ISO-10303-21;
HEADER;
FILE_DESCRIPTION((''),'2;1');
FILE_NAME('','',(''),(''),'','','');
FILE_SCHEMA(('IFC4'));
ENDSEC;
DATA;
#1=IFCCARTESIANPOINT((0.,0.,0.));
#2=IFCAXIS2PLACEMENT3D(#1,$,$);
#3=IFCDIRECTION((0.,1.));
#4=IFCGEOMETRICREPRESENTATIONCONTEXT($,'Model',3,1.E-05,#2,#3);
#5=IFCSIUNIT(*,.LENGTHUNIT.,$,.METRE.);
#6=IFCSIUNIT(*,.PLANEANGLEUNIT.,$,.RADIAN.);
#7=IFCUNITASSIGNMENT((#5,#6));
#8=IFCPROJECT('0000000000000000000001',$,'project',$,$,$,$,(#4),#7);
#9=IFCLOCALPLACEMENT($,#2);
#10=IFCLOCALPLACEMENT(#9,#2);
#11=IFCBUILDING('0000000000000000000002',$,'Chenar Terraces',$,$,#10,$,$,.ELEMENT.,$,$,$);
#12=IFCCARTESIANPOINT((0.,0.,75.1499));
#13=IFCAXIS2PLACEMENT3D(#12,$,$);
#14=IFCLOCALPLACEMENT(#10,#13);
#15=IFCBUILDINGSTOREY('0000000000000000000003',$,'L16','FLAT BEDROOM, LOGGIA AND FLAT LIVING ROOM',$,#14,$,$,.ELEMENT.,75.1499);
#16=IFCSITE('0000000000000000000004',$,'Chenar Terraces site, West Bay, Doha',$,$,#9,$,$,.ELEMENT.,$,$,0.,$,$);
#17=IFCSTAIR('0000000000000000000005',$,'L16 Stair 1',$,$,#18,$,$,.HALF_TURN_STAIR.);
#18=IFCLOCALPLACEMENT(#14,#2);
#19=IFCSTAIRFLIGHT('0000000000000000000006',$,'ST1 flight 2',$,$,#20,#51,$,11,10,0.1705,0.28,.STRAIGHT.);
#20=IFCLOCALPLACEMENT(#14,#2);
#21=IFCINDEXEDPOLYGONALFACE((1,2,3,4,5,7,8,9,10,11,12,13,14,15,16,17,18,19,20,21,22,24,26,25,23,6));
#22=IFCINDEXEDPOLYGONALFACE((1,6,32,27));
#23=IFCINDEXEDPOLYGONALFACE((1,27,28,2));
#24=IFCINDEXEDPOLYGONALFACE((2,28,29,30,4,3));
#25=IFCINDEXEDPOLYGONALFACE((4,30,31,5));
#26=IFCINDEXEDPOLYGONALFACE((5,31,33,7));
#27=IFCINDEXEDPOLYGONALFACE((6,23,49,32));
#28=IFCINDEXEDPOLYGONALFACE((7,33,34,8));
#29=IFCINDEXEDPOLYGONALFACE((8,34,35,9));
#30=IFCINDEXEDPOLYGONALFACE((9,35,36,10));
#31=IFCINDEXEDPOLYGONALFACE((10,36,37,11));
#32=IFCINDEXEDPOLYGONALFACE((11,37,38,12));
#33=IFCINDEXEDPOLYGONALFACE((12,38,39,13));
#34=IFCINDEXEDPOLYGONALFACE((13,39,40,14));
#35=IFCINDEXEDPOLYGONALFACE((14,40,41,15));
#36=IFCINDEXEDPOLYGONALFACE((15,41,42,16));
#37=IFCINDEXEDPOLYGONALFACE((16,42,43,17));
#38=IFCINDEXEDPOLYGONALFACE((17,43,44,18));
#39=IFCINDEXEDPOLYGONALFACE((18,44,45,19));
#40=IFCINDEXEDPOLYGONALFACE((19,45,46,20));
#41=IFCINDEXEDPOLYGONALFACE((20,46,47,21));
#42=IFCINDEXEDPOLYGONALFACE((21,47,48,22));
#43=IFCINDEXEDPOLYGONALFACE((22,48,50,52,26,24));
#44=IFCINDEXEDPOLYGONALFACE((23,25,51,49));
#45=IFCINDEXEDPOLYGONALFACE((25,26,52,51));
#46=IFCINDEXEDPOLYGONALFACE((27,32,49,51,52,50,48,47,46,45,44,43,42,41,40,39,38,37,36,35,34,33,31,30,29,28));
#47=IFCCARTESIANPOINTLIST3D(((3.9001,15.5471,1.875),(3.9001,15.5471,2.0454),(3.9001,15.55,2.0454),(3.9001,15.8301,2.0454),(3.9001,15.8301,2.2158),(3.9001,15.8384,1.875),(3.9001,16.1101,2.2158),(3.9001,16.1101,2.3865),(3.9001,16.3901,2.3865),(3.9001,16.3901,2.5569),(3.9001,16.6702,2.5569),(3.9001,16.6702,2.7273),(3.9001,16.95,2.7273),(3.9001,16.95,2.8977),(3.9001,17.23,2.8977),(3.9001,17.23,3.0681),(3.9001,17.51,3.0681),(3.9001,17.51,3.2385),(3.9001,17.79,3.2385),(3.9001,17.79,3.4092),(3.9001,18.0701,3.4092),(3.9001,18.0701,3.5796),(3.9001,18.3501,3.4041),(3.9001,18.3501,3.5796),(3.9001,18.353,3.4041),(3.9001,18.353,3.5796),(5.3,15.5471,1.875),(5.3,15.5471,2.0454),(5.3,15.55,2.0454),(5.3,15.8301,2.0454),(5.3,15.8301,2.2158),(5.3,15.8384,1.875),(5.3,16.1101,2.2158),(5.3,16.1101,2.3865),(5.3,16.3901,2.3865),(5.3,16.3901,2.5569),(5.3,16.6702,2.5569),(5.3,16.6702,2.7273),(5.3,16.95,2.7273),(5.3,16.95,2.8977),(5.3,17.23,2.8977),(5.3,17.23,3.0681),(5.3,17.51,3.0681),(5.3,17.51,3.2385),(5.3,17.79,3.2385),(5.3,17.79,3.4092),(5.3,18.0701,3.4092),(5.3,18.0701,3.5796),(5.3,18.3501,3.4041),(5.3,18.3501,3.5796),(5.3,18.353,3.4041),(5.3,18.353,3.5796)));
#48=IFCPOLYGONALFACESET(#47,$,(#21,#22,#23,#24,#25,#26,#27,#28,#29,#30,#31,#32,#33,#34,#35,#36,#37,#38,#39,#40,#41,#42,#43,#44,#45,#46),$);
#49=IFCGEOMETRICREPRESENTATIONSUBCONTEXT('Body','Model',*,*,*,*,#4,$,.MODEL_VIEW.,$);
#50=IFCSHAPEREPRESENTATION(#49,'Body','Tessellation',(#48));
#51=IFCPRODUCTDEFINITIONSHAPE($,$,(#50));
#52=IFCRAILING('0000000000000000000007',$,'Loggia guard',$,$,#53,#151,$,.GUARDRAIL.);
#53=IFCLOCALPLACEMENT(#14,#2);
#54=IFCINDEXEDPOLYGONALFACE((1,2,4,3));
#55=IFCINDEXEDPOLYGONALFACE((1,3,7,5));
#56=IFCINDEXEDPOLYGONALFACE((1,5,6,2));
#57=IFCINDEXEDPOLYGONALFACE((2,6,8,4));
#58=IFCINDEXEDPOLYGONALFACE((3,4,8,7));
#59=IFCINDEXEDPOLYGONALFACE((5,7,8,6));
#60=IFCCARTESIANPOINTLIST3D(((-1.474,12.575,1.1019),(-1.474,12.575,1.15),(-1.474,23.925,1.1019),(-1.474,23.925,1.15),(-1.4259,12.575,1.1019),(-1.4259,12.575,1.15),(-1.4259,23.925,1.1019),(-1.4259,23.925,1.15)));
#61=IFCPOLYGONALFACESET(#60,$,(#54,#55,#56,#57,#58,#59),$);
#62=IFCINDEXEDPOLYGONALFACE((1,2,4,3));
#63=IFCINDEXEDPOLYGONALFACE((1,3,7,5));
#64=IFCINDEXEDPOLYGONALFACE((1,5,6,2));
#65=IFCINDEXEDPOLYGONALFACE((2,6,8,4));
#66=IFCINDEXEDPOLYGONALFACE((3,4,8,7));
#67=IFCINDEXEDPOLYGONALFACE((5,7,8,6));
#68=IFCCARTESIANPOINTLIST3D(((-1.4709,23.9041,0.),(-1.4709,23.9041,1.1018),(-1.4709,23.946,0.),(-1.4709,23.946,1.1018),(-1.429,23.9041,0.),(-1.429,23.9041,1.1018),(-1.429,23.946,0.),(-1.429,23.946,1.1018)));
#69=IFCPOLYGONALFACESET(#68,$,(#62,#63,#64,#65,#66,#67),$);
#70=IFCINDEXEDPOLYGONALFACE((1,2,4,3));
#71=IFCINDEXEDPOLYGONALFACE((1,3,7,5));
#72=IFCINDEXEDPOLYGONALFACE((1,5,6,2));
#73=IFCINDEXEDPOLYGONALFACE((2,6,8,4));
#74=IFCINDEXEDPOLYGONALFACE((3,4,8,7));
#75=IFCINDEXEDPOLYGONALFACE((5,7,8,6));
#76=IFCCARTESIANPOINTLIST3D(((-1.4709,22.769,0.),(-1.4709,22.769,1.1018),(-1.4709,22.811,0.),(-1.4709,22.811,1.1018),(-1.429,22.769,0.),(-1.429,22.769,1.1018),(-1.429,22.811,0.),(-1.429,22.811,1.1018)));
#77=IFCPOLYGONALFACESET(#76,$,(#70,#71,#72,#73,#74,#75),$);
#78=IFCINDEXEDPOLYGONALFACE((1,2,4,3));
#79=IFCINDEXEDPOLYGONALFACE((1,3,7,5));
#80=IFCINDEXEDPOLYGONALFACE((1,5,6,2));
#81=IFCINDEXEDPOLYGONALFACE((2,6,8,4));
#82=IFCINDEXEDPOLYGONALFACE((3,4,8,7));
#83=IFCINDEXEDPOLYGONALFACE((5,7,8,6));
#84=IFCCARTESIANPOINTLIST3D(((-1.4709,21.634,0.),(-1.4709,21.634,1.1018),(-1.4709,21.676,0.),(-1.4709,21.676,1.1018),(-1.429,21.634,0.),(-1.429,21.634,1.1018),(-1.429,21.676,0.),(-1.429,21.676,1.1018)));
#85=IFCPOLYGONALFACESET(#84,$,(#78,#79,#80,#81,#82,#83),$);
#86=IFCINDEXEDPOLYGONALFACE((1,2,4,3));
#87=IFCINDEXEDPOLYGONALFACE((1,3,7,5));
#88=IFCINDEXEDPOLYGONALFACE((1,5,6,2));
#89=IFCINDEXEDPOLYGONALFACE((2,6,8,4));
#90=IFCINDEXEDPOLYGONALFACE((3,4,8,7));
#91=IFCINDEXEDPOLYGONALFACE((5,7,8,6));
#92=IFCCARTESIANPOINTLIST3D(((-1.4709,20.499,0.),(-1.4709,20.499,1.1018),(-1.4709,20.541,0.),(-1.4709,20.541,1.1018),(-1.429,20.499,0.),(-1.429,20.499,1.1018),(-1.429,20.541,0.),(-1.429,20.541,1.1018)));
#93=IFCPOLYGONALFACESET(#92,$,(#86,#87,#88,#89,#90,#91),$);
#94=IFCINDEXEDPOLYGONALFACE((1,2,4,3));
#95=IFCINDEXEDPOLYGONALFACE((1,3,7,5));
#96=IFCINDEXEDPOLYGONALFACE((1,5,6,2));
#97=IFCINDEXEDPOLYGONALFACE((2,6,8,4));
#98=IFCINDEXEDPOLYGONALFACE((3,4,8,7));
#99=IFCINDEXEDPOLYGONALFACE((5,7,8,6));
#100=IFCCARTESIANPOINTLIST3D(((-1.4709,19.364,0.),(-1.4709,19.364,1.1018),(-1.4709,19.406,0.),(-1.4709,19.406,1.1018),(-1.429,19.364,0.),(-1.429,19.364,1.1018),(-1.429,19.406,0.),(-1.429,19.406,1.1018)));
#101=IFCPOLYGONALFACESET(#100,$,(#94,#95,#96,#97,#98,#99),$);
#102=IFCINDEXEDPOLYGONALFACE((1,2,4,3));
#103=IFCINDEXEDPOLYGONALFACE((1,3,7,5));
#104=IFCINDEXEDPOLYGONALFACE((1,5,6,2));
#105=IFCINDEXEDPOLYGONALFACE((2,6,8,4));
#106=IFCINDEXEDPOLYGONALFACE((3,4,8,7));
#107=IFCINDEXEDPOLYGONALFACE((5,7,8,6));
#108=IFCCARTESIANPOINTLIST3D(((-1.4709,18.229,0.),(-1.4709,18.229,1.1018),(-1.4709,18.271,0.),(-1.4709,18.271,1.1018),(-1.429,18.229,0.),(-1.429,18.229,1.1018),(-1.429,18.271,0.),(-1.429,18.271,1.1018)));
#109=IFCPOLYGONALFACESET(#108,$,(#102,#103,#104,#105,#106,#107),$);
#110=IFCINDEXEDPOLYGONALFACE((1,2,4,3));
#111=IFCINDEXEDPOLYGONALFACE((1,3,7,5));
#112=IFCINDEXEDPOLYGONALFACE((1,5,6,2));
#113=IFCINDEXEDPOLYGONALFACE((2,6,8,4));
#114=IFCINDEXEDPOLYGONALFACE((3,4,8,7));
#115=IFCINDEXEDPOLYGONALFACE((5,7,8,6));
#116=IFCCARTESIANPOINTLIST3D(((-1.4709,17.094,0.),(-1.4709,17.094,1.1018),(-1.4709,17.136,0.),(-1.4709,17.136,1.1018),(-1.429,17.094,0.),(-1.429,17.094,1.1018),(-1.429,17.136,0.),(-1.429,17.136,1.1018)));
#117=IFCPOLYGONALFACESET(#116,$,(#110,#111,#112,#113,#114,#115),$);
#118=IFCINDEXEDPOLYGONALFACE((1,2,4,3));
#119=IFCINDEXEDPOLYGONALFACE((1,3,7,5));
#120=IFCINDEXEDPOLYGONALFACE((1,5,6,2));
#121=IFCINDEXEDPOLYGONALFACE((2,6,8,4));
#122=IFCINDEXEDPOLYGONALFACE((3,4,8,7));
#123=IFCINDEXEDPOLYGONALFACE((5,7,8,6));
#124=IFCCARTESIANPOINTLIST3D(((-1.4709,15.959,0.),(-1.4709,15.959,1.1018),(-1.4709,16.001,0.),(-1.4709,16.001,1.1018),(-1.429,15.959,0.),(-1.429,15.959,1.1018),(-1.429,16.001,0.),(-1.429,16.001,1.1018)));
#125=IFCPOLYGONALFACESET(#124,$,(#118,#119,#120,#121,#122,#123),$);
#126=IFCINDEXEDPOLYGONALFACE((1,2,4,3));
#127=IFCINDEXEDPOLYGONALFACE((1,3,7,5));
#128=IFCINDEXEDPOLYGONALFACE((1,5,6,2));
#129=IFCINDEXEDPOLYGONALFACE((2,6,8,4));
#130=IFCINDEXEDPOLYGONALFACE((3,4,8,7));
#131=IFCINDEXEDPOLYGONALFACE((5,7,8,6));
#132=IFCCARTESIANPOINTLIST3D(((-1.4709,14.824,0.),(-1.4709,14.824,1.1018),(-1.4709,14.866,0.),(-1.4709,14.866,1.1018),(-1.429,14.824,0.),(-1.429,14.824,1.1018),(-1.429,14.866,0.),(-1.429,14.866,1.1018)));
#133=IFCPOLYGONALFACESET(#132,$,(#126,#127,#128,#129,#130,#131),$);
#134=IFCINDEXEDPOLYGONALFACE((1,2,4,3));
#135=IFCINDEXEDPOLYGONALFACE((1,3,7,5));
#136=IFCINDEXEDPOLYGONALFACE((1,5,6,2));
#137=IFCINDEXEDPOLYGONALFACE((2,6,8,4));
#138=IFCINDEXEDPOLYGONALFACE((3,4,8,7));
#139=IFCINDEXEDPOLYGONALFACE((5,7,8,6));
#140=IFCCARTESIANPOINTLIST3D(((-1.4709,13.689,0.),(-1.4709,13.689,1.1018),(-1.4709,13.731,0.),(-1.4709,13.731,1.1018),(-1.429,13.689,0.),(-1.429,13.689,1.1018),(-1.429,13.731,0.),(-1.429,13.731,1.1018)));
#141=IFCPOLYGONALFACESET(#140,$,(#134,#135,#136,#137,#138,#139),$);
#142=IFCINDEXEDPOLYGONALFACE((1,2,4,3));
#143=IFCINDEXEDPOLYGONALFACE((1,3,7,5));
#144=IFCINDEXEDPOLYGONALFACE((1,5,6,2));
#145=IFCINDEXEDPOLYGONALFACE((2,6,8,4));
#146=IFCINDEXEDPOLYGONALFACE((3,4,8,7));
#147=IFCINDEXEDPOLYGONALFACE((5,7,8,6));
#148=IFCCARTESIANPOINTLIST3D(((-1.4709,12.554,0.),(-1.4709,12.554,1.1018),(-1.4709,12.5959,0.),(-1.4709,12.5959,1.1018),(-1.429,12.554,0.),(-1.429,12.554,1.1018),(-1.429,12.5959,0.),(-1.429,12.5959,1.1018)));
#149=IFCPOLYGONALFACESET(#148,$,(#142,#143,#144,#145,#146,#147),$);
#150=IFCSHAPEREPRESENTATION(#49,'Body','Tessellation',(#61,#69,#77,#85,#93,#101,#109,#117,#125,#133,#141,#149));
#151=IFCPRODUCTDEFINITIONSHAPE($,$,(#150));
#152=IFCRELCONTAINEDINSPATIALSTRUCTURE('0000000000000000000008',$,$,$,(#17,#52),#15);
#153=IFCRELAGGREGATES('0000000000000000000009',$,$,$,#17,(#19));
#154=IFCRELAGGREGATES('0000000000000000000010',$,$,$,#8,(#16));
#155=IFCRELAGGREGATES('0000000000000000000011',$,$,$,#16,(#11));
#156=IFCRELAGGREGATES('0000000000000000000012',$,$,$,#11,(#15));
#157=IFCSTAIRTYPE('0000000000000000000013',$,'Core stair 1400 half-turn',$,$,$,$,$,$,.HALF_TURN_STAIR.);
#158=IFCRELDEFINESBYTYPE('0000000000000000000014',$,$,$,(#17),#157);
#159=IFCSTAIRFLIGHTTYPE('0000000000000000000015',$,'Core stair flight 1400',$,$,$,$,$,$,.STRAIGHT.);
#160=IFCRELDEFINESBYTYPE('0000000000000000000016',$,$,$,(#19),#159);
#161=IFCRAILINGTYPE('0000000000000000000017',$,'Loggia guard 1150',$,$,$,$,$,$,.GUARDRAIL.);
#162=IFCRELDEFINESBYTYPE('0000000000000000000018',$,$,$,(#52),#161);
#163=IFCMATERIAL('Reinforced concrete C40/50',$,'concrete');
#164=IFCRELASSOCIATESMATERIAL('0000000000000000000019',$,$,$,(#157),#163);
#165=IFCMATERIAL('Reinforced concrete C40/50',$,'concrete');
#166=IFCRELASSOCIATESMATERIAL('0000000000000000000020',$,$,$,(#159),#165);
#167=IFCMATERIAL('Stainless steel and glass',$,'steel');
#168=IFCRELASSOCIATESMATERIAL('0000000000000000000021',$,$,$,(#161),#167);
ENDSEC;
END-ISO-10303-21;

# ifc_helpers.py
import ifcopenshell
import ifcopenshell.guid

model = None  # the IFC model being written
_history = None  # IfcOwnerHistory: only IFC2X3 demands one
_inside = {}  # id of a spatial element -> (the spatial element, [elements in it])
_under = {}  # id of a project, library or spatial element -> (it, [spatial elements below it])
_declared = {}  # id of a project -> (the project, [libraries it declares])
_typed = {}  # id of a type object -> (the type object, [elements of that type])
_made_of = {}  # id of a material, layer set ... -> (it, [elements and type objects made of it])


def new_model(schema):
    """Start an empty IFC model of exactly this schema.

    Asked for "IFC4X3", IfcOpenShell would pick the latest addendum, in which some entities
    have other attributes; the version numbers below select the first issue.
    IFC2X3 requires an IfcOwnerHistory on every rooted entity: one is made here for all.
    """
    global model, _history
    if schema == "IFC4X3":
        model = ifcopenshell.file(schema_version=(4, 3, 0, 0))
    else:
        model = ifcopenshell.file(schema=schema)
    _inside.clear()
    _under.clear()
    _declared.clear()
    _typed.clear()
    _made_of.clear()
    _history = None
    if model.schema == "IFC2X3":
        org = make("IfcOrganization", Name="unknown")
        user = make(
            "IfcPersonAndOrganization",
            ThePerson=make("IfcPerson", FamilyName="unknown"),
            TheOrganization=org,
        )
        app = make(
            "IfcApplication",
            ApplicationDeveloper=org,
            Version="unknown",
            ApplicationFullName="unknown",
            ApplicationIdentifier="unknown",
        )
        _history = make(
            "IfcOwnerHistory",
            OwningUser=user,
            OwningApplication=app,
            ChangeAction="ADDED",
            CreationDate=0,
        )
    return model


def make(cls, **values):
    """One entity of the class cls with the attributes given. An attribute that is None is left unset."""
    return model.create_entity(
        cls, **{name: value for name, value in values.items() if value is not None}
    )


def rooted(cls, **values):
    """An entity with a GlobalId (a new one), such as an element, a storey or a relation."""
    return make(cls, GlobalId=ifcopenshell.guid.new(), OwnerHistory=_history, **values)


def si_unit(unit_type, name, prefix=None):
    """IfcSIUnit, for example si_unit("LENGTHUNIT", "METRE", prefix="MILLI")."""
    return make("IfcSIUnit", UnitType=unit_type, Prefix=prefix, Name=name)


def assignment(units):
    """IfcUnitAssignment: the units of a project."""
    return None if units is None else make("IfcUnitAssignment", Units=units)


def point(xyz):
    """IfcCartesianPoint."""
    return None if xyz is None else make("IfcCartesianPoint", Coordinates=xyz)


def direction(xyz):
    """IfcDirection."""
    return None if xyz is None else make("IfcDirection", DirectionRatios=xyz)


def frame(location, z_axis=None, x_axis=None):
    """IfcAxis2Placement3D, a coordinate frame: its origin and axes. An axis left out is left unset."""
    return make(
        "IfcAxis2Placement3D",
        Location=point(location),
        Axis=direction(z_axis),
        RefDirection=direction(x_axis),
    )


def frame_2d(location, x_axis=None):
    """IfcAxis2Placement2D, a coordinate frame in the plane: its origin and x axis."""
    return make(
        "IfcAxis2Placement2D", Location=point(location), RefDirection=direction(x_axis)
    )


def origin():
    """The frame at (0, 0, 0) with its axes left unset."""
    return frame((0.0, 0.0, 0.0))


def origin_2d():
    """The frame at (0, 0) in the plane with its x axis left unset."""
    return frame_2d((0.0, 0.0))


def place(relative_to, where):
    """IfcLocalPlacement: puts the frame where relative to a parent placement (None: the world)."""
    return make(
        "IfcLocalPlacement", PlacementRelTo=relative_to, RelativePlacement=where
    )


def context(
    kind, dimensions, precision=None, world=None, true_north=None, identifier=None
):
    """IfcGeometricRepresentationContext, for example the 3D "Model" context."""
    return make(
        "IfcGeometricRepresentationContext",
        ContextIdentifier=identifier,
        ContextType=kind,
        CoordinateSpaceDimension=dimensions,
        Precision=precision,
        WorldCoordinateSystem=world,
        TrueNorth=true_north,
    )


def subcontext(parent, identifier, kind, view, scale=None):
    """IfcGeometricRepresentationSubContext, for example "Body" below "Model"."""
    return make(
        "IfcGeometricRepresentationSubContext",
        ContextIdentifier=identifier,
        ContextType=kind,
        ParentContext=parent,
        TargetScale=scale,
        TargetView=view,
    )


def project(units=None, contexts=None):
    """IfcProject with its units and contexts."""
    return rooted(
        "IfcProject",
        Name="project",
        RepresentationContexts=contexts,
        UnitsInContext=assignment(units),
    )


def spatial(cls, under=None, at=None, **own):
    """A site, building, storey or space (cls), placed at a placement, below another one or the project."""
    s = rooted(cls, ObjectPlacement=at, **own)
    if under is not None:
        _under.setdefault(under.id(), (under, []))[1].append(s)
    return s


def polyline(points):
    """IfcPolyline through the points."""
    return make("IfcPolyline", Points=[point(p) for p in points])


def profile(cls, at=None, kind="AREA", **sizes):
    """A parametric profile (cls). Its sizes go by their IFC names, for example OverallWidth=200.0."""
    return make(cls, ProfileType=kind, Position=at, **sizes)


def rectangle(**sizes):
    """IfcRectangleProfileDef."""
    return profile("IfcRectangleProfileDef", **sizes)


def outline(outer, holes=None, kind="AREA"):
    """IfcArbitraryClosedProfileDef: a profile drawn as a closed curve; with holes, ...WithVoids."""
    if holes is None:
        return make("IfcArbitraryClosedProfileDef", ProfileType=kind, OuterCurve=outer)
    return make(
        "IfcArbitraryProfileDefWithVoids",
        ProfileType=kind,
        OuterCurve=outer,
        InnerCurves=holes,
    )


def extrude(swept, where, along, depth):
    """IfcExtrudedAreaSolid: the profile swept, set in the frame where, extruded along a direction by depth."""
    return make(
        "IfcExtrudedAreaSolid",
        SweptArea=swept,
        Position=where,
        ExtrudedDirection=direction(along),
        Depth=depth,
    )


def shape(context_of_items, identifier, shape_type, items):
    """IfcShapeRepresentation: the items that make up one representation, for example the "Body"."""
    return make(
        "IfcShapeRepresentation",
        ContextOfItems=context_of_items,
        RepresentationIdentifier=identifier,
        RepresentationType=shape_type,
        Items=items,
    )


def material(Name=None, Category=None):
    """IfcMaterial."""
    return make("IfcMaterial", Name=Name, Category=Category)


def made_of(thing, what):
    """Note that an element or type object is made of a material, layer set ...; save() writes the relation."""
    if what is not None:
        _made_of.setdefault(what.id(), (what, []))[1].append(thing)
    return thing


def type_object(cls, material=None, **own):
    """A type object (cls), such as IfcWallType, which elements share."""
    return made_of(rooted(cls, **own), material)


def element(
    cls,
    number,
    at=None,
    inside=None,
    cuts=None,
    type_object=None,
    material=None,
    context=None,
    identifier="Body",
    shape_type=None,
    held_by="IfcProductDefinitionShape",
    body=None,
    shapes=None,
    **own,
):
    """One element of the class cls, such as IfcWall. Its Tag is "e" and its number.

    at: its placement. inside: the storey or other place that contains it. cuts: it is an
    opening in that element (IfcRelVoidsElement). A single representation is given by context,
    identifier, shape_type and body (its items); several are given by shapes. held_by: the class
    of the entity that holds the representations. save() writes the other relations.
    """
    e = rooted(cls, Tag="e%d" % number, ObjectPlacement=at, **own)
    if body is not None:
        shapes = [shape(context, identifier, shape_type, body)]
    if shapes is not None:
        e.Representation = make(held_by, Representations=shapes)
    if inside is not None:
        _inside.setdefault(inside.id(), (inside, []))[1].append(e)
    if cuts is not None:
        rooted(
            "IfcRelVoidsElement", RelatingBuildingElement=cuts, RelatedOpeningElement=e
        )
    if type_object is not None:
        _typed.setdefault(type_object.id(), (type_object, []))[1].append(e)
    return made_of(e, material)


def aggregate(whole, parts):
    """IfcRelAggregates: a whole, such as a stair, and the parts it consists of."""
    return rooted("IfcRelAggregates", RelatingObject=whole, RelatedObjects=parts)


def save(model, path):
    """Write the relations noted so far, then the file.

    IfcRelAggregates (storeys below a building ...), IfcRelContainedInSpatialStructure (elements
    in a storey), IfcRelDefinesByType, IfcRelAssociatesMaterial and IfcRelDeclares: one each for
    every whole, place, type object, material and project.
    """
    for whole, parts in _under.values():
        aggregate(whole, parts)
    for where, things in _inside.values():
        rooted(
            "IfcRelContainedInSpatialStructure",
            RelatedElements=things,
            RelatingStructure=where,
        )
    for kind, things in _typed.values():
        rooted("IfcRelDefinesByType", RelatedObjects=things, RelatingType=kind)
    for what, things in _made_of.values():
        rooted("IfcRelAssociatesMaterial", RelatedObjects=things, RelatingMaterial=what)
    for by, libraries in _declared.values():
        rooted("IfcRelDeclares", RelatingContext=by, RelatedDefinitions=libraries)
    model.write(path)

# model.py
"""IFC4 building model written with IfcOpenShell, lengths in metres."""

from ifc_helpers import new_model, si_unit, direction, frame, origin, origin_2d, place, context, subcontext, project, spatial, polyline, rectangle, outline, extrude, material, type_object, element, aggregate, save


model = new_model("IFC4")

# Units and contexts
model_context = context("Model", 3, precision=1e-05, world=origin(), true_north=direction((0.0, 1.0)))
body_context = subcontext(model_context, "Body", "Model", "MODEL_VIEW")
ifc_project = project(units=[si_unit("LENGTHUNIT", "METRE"), si_unit("PLANEANGLEUNIT", "RADIAN")], contexts=[model_context])

# Site, building, storey
site_placement = place(None, origin())
site = spatial("IfcSite", under=ifc_project, at=site_placement, Name="Chenar Terraces site, West Bay, Doha", CompositionType="ELEMENT", RefElevation=0.0)
building_placement = place(site_placement, origin())
building = spatial("IfcBuilding", under=site, at=building_placement, Name="Chenar Terraces", CompositionType="ELEMENT")
storey_placement = place(building_placement, frame((0.0, 0.0, 75.1499)))
storey = spatial("IfcBuildingStorey", under=building, at=storey_placement, Name="L16", Description="FLAT BEDROOM, LOGGIA AND FLAT LIVING ROOM", CompositionType="ELEMENT", Elevation=75.1499)

# Stair, stair flight
ifc_material_1 = material(Name="Reinforced concrete C40/50", Category="concrete")
stair_type = type_object("IfcStairType", Name="Core stair 1400 half-turn", PredefinedType="HALF_TURN_STAIR", material=ifc_material_1)
stair_placement = place(storey_placement, origin())
stair = element("IfcStair", 1, at=stair_placement, inside=storey, type_object=stair_type, Name="L16 Stair 1", PredefinedType="HALF_TURN_STAIR")
ifc_material_2 = material(Name="Reinforced concrete C40/50", Category="concrete")
stair_flight_type = type_object("IfcStairFlightType", Name="Core stair flight 1400", PredefinedType="STRAIGHT", material=ifc_material_2)
stair_flight_1_placement = place(storey_placement, frame((4.6001, 15.55, 1.875), z_axis=(0.0, 0.0, 1.0), x_axis=(0.0, 1.0, 0.0)))
stair_flight_1 = element("IfcStairFlight", 2, at=stair_flight_1_placement, type_object=stair_flight_type, Name="ST1 flight 2", NumberOfRisers=11, NumberOfTreads=10, PredefinedType="STRAIGHT", RiserHeight=0.1705, TreadLength=0.28, context=body_context, shape_type="SweptSolid", body=[
    extrude(outline(polyline([(-0.0029, 0.0), (-0.0029, 0.1704), (0.0, 0.1704), (0.28, 0.1704), (0.28, 0.3408), (0.5601, 0.3408), (0.5601, 0.5115), (0.8401, 0.5115), (0.8401, 0.6819), (1.1201, 0.6819), (1.1201, 0.8523), (1.3999, 0.8523), (1.3999, 1.0227), (1.6799, 1.0227), (1.6799, 1.1931), (1.96, 1.1931), (1.96, 1.3635), (2.24, 1.3635), (2.24, 1.5342), (2.52, 1.5342), (2.52, 1.7046), (2.8, 1.7046), (2.803, 1.7046), (2.803, 1.5291), (2.8, 1.5291), (0.2883, 0.0), (-0.0029, 0.0)])), frame((0.0, 0.7, 0.0), z_axis=(0.0, -1.0, 0.0), x_axis=(1.0, 0.0, 0.0)), (0.0, 0.0, 1.0), 1.3999),
])
aggregate(stair, [stair_flight_1])

# Railing
ifc_material_3 = material(Name="Stainless steel and glass", Category="steel")
railing_type_1 = type_object("IfcRailingType", Name="Loggia guard 1150", PredefinedType="GUARDRAIL", material=ifc_material_3)
railing_1_placement = place(storey_placement, frame((-1.45, 23.925, 0.0)))
element("IfcRailing", 3, at=railing_1_placement, inside=storey, type_object=railing_type_1, Name="Loggia guard", PredefinedType="GUARDRAIL", context=body_context, shape_type="SweptSolid", body=[
    extrude(rectangle(XDim=0.0481, YDim=0.0481, at=origin_2d()), frame((0.0, 0.0, 1.126), z_axis=(0.0, -1.0, 0.0), x_axis=(1.0, 0.0, 0.0)), (0.0, 0.0, 1.0), 11.3501),
    extrude(rectangle(XDim=0.042, YDim=0.042, at=origin_2d()), origin(), (0.0, 0.0, 1.0), 1.1018),
    extrude(rectangle(XDim=0.042, YDim=0.042, at=origin_2d()), frame((0.0, -1.135, 0.0)), (0.0, 0.0, 1.0), 1.1018),
    extrude(rectangle(XDim=0.042, YDim=0.042, at=origin_2d()), frame((0.0, -2.27, 0.0)), (0.0, 0.0, 1.0), 1.1018),
    extrude(rectangle(XDim=0.042, YDim=0.042, at=origin_2d()), frame((0.0, -3.405, 0.0)), (0.0, 0.0, 1.0), 1.1018),
    extrude(rectangle(XDim=0.042, YDim=0.042, at=origin_2d()), frame((0.0, -4.54, 0.0)), (0.0, 0.0, 1.0), 1.1018),
    extrude(rectangle(XDim=0.042, YDim=0.042, at=origin_2d()), frame((0.0, -5.675, 0.0)), (0.0, 0.0, 1.0), 1.1018),
    extrude(rectangle(XDim=0.042, YDim=0.042, at=origin_2d()), frame((0.0, -6.8101, 0.0)), (0.0, 0.0, 1.0), 1.1018),
    extrude(rectangle(XDim=0.042, YDim=0.042, at=origin_2d()), frame((0.0, -7.9451, 0.0)), (0.0, 0.0, 1.0), 1.1018),
    extrude(rectangle(XDim=0.042, YDim=0.042, at=origin_2d()), frame((0.0, -9.0801, 0.0)), (0.0, 0.0, 1.0), 1.1018),
    extrude(rectangle(XDim=0.042, YDim=0.042, at=origin_2d()), frame((0.0, -10.2151, 0.0)), (0.0, 0.0, 1.0), 1.1018),
    extrude(rectangle(XDim=0.042, YDim=0.042, at=origin_2d()), frame((0.0, -11.3501, 0.0)), (0.0, 0.0, 1.0), 1.1018),
])

save(model, "model.ifc")
